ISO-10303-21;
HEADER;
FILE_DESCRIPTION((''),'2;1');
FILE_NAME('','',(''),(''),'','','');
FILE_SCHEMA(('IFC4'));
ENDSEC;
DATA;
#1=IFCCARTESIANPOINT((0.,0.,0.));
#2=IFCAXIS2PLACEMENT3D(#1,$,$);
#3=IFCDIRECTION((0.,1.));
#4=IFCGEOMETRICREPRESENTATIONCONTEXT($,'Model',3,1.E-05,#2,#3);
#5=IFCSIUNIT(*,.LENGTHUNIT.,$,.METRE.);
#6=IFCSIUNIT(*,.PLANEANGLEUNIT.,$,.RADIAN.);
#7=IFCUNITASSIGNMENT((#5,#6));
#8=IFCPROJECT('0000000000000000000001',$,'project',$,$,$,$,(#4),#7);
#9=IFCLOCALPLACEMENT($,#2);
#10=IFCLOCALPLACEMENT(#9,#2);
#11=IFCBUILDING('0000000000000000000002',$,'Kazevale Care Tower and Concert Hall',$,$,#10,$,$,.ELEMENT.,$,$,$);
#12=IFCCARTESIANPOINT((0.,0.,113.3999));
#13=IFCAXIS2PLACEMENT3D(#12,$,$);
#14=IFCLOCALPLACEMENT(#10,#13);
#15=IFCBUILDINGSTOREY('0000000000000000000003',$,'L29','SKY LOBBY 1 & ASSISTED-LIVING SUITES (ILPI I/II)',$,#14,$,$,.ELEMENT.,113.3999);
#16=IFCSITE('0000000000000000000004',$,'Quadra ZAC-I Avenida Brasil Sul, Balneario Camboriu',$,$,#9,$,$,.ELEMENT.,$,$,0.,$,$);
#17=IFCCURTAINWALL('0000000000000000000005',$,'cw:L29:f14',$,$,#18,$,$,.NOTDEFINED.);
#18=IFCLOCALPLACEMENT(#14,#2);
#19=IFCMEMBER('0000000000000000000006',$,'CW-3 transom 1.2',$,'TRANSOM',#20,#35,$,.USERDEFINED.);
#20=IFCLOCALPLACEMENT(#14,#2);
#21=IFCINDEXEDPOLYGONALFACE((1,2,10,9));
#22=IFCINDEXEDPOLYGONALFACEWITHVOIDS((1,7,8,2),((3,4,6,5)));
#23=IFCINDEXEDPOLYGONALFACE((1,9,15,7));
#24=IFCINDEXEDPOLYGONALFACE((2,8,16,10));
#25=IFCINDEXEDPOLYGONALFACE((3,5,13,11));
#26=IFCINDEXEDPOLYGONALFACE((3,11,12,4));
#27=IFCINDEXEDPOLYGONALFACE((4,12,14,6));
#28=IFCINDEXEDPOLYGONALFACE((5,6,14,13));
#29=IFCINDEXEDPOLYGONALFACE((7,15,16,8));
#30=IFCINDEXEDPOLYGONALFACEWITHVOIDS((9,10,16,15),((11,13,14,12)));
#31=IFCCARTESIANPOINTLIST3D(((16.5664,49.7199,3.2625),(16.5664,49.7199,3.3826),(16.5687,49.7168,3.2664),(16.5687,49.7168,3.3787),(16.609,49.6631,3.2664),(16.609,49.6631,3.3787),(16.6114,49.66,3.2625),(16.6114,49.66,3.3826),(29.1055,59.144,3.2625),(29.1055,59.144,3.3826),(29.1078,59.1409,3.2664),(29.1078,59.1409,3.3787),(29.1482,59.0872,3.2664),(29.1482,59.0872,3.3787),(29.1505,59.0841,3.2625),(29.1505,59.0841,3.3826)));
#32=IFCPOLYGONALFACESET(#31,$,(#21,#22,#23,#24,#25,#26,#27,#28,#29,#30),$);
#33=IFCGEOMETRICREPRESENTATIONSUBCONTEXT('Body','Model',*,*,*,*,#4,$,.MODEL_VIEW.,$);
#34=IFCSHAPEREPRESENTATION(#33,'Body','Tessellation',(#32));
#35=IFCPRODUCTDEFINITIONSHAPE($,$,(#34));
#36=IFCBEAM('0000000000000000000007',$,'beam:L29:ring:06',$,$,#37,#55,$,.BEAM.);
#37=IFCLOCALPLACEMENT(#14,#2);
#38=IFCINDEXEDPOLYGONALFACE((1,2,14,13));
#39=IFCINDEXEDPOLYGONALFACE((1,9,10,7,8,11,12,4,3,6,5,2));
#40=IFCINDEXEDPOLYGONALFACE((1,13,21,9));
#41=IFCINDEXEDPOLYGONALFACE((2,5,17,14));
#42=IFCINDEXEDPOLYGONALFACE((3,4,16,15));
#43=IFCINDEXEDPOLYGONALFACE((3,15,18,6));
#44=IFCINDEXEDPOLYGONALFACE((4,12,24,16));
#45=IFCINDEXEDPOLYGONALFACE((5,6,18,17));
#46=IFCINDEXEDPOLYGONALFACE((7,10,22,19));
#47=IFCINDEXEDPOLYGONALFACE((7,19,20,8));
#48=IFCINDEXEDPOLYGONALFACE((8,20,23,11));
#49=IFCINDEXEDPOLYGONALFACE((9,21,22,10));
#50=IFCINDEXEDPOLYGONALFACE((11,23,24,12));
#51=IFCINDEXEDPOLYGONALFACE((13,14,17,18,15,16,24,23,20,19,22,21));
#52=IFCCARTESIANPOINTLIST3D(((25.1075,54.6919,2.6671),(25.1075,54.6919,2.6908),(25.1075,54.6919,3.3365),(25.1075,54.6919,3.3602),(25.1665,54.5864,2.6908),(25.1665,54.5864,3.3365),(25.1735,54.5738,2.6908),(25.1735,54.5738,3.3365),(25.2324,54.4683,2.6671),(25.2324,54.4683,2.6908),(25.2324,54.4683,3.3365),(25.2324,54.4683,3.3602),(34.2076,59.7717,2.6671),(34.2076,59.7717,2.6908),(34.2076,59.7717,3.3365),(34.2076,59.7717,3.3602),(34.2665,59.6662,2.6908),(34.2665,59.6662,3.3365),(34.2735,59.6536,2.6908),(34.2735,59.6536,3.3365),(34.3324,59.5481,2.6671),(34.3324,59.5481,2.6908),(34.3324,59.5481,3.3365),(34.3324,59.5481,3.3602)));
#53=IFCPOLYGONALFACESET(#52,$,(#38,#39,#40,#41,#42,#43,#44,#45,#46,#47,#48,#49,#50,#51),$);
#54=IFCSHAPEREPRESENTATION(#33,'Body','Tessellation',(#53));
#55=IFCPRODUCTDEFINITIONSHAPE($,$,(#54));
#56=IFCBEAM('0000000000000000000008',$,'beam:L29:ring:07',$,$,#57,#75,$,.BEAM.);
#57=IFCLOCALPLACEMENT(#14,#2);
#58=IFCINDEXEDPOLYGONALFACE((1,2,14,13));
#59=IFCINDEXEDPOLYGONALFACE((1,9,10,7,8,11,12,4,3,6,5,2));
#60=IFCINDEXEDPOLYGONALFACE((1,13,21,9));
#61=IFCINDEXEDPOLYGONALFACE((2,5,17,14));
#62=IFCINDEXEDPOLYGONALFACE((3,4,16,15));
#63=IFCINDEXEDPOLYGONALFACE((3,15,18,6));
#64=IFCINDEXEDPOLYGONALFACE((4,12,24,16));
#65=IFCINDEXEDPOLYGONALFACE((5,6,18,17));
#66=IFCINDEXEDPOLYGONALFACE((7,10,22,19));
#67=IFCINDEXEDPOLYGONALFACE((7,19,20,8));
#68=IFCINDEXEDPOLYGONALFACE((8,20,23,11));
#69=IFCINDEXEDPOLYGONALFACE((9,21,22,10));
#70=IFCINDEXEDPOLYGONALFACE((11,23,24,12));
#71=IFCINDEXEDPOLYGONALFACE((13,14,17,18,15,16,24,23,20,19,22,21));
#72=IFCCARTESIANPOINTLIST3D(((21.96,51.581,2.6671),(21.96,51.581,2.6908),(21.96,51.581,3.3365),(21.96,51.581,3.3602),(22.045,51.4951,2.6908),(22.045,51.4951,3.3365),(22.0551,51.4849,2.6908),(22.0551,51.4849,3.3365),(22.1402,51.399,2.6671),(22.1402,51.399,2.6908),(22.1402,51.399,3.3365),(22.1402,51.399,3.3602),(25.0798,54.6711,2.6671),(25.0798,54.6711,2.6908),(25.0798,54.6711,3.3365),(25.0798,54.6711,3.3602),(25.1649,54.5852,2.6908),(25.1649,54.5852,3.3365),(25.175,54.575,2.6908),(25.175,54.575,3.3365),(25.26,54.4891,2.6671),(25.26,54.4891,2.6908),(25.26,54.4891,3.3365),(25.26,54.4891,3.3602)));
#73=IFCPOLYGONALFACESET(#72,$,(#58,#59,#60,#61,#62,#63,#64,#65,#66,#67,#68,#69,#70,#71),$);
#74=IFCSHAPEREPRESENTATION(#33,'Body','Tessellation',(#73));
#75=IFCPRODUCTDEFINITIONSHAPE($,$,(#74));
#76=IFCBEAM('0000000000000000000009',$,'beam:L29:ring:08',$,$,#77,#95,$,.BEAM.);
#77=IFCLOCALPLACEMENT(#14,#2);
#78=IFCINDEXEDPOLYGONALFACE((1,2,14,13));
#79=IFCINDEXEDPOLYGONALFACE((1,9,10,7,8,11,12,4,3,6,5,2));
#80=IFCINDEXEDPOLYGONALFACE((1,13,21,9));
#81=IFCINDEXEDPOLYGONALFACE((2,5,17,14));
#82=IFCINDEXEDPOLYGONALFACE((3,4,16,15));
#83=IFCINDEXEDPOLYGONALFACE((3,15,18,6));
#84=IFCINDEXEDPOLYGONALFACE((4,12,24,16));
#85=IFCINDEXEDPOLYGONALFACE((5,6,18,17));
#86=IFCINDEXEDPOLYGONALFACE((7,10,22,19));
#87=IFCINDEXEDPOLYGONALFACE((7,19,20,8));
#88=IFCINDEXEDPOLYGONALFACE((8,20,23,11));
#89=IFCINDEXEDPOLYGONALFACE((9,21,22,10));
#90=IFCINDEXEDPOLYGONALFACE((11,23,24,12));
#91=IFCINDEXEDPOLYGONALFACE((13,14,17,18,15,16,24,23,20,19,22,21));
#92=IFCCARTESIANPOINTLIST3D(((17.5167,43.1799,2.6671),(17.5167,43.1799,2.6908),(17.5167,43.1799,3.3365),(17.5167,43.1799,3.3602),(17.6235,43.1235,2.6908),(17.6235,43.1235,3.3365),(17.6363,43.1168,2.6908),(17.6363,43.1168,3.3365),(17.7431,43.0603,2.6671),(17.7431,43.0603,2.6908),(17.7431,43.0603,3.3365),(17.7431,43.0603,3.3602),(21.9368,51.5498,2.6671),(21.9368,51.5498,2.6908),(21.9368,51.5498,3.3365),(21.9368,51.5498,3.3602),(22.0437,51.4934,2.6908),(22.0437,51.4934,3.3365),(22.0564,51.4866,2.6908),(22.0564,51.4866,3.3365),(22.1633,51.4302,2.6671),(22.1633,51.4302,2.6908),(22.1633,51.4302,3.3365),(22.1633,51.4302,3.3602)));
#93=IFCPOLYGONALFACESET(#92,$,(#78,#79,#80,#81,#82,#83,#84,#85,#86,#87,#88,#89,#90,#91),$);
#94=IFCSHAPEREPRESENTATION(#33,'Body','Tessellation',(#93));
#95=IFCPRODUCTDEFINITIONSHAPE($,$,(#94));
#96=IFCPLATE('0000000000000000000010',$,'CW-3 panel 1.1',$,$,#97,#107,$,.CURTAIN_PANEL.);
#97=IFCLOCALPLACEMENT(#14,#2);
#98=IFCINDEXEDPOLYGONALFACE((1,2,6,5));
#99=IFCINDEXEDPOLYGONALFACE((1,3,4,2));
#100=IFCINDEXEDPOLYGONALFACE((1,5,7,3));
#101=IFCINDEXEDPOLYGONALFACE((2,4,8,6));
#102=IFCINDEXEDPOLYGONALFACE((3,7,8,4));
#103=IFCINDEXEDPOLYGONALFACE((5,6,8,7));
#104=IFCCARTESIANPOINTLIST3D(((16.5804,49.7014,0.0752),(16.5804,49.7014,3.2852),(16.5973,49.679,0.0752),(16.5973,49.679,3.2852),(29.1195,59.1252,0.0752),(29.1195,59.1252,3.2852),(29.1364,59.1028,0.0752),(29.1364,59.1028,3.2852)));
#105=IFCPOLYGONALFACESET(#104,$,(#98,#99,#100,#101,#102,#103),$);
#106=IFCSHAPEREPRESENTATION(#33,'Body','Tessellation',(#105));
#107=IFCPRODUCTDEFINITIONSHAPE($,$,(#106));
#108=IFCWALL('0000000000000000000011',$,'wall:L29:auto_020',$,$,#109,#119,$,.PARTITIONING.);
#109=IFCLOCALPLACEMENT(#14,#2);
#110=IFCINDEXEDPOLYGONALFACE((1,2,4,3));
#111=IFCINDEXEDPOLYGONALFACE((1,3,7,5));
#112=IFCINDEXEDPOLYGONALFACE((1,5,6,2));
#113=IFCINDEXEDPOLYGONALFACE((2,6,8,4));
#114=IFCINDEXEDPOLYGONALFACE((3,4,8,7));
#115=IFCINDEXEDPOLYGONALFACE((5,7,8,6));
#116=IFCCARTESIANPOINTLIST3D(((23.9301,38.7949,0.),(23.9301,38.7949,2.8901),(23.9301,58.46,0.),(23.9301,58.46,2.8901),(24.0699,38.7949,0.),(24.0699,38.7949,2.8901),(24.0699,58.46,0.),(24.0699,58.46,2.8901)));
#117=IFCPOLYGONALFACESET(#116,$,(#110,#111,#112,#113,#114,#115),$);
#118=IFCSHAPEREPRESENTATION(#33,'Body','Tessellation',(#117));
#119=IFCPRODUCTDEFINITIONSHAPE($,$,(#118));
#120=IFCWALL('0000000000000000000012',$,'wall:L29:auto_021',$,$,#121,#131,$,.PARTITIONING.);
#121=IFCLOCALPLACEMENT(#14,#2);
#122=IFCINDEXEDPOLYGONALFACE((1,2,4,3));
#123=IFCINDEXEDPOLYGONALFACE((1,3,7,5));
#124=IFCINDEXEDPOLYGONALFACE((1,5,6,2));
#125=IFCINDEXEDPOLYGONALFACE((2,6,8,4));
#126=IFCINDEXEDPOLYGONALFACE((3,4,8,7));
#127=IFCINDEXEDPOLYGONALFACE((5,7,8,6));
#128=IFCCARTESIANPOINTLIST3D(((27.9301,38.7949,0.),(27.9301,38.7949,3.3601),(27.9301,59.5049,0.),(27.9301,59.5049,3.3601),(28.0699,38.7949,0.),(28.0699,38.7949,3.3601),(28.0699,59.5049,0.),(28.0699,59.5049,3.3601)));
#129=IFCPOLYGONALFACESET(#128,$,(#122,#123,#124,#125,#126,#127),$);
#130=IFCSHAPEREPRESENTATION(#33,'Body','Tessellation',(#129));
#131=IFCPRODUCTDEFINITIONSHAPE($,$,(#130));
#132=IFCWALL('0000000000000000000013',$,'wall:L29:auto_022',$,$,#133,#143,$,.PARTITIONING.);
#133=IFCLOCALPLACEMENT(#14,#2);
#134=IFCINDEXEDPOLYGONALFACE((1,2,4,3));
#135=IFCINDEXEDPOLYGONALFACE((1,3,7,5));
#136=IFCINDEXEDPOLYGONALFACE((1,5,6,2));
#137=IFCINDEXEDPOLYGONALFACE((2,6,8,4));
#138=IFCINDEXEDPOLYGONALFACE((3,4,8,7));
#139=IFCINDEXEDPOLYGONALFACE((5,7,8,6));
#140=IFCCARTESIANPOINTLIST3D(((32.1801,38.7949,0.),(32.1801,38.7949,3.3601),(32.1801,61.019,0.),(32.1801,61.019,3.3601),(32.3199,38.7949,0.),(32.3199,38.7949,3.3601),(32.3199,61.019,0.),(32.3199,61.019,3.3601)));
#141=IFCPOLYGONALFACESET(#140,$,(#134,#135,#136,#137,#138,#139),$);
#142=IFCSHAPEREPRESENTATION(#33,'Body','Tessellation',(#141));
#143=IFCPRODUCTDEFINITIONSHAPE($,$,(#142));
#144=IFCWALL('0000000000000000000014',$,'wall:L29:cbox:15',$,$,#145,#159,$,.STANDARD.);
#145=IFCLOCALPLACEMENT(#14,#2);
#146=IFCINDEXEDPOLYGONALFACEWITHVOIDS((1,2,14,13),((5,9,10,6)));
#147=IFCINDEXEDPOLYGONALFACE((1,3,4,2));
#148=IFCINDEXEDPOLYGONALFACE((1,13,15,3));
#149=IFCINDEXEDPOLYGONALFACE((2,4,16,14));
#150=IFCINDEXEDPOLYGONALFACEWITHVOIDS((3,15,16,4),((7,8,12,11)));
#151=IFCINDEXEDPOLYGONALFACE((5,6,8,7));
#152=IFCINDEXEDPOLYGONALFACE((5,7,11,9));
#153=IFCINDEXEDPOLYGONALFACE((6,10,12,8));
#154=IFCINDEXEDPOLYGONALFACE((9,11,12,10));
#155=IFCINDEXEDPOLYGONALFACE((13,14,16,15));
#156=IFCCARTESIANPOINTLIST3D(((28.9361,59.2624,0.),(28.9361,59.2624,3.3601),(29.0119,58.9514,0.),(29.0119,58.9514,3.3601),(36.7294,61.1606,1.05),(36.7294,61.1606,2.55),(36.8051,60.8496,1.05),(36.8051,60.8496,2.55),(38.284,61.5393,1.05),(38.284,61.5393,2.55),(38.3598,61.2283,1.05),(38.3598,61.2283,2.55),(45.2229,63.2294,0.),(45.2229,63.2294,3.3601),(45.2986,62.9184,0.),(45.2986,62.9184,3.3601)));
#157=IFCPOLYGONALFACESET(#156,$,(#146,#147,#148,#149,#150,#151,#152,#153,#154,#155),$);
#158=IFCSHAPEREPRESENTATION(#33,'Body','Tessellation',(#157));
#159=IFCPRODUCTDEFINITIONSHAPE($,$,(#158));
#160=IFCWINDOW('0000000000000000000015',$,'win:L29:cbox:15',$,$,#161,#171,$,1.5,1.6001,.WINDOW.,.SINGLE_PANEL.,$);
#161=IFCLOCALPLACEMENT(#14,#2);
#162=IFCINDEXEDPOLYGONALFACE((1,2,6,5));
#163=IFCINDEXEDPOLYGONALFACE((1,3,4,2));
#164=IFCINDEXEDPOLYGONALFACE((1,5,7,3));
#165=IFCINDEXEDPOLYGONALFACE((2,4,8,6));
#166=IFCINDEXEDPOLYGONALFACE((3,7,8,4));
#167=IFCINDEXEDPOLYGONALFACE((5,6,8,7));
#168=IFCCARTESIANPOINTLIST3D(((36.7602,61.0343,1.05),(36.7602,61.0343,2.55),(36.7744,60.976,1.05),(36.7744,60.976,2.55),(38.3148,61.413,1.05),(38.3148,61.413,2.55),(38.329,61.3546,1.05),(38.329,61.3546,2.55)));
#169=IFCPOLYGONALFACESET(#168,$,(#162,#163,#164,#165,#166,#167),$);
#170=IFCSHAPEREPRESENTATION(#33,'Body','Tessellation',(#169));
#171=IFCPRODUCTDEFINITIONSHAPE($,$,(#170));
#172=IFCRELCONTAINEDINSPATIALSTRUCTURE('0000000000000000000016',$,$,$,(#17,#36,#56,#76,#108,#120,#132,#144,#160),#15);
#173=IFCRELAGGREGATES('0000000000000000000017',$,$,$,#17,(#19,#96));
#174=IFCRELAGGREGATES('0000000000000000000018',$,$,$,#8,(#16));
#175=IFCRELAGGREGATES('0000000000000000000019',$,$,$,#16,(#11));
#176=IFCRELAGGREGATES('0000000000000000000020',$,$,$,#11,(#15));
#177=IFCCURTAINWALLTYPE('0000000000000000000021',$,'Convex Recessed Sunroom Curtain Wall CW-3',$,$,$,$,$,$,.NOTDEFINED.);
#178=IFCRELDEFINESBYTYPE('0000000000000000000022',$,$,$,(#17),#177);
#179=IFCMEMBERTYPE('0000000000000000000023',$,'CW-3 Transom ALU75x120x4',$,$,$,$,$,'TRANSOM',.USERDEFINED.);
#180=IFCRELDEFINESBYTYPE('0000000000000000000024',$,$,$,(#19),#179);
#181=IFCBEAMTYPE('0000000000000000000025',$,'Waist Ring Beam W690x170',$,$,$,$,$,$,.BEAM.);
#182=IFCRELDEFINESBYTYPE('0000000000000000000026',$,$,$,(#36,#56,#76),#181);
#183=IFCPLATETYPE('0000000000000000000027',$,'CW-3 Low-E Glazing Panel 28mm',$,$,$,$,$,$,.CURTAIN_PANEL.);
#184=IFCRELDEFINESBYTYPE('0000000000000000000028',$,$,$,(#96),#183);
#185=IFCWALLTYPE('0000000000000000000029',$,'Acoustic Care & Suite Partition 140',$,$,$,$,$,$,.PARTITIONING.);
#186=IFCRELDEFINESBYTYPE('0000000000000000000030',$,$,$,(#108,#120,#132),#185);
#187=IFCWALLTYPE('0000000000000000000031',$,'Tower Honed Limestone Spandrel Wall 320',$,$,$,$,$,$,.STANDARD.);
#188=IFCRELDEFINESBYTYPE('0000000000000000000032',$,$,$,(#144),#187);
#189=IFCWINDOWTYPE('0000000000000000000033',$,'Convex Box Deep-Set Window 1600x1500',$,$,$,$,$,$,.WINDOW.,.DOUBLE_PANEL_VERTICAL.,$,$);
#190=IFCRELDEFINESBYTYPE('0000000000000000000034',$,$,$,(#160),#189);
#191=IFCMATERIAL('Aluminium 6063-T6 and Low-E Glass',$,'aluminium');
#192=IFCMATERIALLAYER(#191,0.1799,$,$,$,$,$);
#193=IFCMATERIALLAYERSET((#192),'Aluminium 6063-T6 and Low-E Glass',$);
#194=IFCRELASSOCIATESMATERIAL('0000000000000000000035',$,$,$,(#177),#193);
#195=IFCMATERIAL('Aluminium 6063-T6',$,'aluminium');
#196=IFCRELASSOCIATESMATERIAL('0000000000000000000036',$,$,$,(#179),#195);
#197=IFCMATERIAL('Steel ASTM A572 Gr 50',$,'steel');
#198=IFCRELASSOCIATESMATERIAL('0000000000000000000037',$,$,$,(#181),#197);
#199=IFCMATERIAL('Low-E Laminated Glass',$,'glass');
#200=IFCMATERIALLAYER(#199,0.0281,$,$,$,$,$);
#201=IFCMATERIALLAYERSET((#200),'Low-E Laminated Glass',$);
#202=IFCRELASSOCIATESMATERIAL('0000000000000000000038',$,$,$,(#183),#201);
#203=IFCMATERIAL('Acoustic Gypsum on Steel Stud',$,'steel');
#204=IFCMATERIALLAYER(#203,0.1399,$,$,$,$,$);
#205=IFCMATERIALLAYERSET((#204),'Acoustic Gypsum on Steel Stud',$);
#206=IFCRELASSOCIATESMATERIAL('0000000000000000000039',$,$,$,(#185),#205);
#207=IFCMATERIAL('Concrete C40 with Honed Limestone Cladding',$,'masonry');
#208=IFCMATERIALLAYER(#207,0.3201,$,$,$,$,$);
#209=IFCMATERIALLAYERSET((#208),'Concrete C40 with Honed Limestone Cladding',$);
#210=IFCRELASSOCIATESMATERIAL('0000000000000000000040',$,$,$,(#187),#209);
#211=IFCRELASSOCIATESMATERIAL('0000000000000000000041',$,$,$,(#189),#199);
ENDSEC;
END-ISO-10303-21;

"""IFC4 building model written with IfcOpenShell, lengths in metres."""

from ifc_helpers import new_model, si_unit, direction, frame, frame_2d, origin, origin_2d, place, context, subcontext, project, spatial, rectangle, hollow_rectangle, i_section, extrude, material, layer, layer_set, material_profile, profile_set, type_object, element, fill, aggregate, save


model = new_model("IFC4")

# Units and contexts
model_context = context("Model", 3, precision=1e-05, world=origin(), true_north=direction((0.0, 1.0)))
body_context = subcontext(model_context, "Body", "Model", "MODEL_VIEW")
ifc_project = project(units=[si_unit("LENGTHUNIT", "METRE"), si_unit("PLANEANGLEUNIT", "RADIAN")], contexts=[model_context])

# Site, building, storey
site_placement = place(None, origin())
site = spatial("IfcSite", under=ifc_project, at=site_placement, Name="Quadra ZAC-I Avenida Brasil Sul, Balneario Camboriu", CompositionType="ELEMENT", RefElevation=0.0)
building_placement = place(site_placement, origin())
building = spatial("IfcBuilding", under=site, at=building_placement, Name="Kazevale Care Tower and Concert Hall", CompositionType="ELEMENT")
storey_placement = place(building_placement, frame((0.0, 0.0, 113.3999)))
storey = spatial("IfcBuildingStorey", under=building, at=storey_placement, Name="L29", Description="SKY LOBBY 1 & ASSISTED-LIVING SUITES (ILPI I/II)", CompositionType="ELEMENT", Elevation=113.3999)

# Curtain wall, member
ifc_material_1 = material(Name="Aluminium 6063-T6 and Low-E Glass", Category="aluminium")
ifc_layer_1 = layer(ifc_material_1, 0.1799)
ifc_layer_set_1 = layer_set([ifc_layer_1], Name="Aluminium 6063-T6 and Low-E Glass")
curtain_wall_type = type_object("IfcCurtainWallType", Name="Convex Recessed Sunroom Curtain Wall CW-3", PredefinedType="NOTDEFINED", material=ifc_layer_set_1)
curtain_wall_placement = place(storey_placement, origin())
curtain_wall = element("IfcCurtainWall", 1, at=curtain_wall_placement, inside=storey, type_object=curtain_wall_type, Name="cw:L29:f14", PredefinedType="NOTDEFINED")
ifc_material_2 = material(Name="Aluminium 6063-T6", Category="aluminium")
ifc_material_profile_1 = material_profile(ifc_material_2, hollow_rectangle(XDim=0.075, YDim=0.1201, WallThickness=0.0039, at=origin_2d()), Name="ALU75x120x4")
ifc_profile_set_1 = profile_set([ifc_material_profile_1], Name="Aluminium 6063-T6")
member_type_1 = type_object("IfcMemberType", Name="CW-3 Transom ALU75x120x4", ElementType="TRANSOM", PredefinedType="USERDEFINED", material=ifc_profile_set_1)
member_1_placement = place(storey_placement, frame((16.5889, 49.6899, 3.3225), z_axis=(0.799394, 0.600807, 0.0), x_axis=(-0.600807, 0.799394, 0.0)))
member_1 = element("IfcMember", 2, at=member_1_placement, type_object=member_type_1, Name="CW-3 transom 1.2", ObjectType="TRANSOM", PredefinedType="USERDEFINED", context=body_context, shape_type="SweptSolid", body=[
    extrude(hollow_rectangle(XDim=0.075, YDim=0.1201, WallThickness=0.0039, at=origin_2d()), origin(), (0.0, 0.0, 1.0), 15.6858),
])

# Beams
ifc_material_3 = material(Name="Steel ASTM A572 Gr 50", Category="steel")
ifc_material_profile_2 = material_profile(ifc_material_3, i_section(OverallWidth=0.2561, OverallDepth=0.6931, WebThickness=0.0144, FlangeThickness=0.0237, at=origin_2d()), Name="W690x170")
ifc_profile_set_2 = profile_set([ifc_material_profile_2], Name="Steel ASTM A572 Gr 50")
beam_type = type_object("IfcBeamType", Name="Waist Ring Beam W690x170", PredefinedType="BEAM", material=ifc_profile_set_2)
beam_1_placement = place(storey_placement, frame((34.27, 59.6599, 3.0137), z_axis=(-0.873169, -0.487418, 0.0), x_axis=(0.487418, -0.873169, 0.0)))
element("IfcBeam", 3, at=beam_1_placement, inside=storey, type_object=beam_type, Name="beam:L29:ring:06", PredefinedType="BEAM", context=body_context, shape_type="SweptSolid", body=[
    extrude(i_section(OverallWidth=0.2561, OverallDepth=0.6931, WebThickness=0.0144, FlangeThickness=0.0237, at=origin_2d()), origin(), (0.0, 0.0, 1.0), 10.4219),
])
beam_2_placement = place(storey_placement, frame((25.1699, 54.5801, 3.0137), z_axis=(-0.71049, -0.703707, 0.0), x_axis=(0.703707, -0.71049, 0.0)))
element("IfcBeam", 4, at=beam_2_placement, inside=storey, type_object=beam_type, Name="beam:L29:ring:07", PredefinedType="BEAM", context=body_context, shape_type="SweptSolid", body=[
    extrude(i_section(OverallWidth=0.2561, OverallDepth=0.6931, WebThickness=0.0144, FlangeThickness=0.0237, at=origin_2d()), origin(), (0.0, 0.0, 1.0), 4.3911),
])
beam_3_placement = place(storey_placement, frame((22.05, 51.49, 3.0137), z_axis=(-0.466984, -0.884266, 0.0), x_axis=(0.884266, -0.466984, 0.0)))
element("IfcBeam", 5, at=beam_3_placement, inside=storey, type_object=beam_type, Name="beam:L29:ring:08", PredefinedType="BEAM", context=body_context, shape_type="SweptSolid", body=[
    extrude(i_section(OverallWidth=0.2561, OverallDepth=0.6931, WebThickness=0.0144, FlangeThickness=0.0237, at=origin_2d()), origin(), (0.0, 0.0, 1.0), 9.4653),
])

# Plate
ifc_material_4 = material(Name="Low-E Laminated Glass", Category="glass")
ifc_layer_2 = layer(ifc_material_4, 0.0281)
ifc_layer_set_2 = layer_set([ifc_layer_2], Name="Low-E Laminated Glass")
plate_type = type_object("IfcPlateType", Name="CW-3 Low-E Glazing Panel 28mm", PredefinedType="CURTAIN_PANEL", material=ifc_layer_set_2)
plate_placement = place(storey_placement, frame((22.8584, 54.4021, 0.0752), z_axis=(0.0, 0.0, 1.0), x_axis=(0.799401, 0.600798, 0.0)))
plate = element("IfcPlate", 6, at=plate_placement, type_object=plate_type, Name="CW-3 panel 1.1", PredefinedType="CURTAIN_PANEL", context=body_context, shape_type="SweptSolid", body=[
    extrude(rectangle(XDim=15.6855, YDim=0.0281, at=origin_2d()), origin(), (0.0, 0.0, 1.0), 3.21),
])
aggregate(curtain_wall, [member_1, plate])

# Walls
ifc_material_5 = material(Name="Acoustic Gypsum on Steel Stud", Category="steel")
ifc_layer_3 = layer(ifc_material_5, 0.1399)
ifc_layer_set_3 = layer_set([ifc_layer_3], Name="Acoustic Gypsum on Steel Stud")
wall_type_1 = type_object("IfcWallType", Name="Acoustic Care & Suite Partition 140", PredefinedType="PARTITIONING", material=ifc_layer_set_3)
wall_1_placement = place(storey_placement, frame((24.0, 58.46, 0.0), z_axis=(0.0, 0.0, 1.0), x_axis=(0.0, -1.0, 0.0)))
element("IfcWall", 7, at=wall_1_placement, inside=storey, type_object=wall_type_1, Name="wall:L29:auto_020", PredefinedType="PARTITIONING", context=body_context, shape_type="SweptSolid", body=[
    extrude(rectangle(XDim=19.665, YDim=0.1399, at=frame_2d((9.8325, 0.0))), origin(), (0.0, 0.0, 1.0), 2.8901),
])
wall_2_placement = place(storey_placement, frame((28.0, 59.5049, 0.0), z_axis=(0.0, 0.0, 1.0), x_axis=(0.0, -1.0, 0.0)))
element("IfcWall", 8, at=wall_2_placement, inside=storey, type_object=wall_type_1, Name="wall:L29:auto_021", PredefinedType="PARTITIONING", context=body_context, shape_type="SweptSolid", body=[
    extrude(rectangle(XDim=20.71, YDim=0.1399, at=frame_2d((10.355, 0.0))), origin(), (0.0, 0.0, 1.0), 3.3601),
])
wall_3_placement = place(storey_placement, frame((32.25, 61.019, 0.0), z_axis=(0.0, 0.0, 1.0), x_axis=(0.0, -1.0, 0.0)))
element("IfcWall", 9, at=wall_3_placement, inside=storey, type_object=wall_type_1, Name="wall:L29:auto_022", PredefinedType="PARTITIONING", context=body_context, shape_type="SweptSolid", body=[
    extrude(rectangle(XDim=22.2241, YDim=0.1399, at=frame_2d((11.1121, 0.0))), origin(), (0.0, 0.0, 1.0), 3.3601),
])

# Wall, opening, window
ifc_material_6 = material(Name="Concrete C40 with Honed Limestone Cladding", Category="masonry")
ifc_layer_4 = layer(ifc_material_6, 0.3201)
ifc_layer_set_4 = layer_set([ifc_layer_4], Name="Concrete C40 with Honed Limestone Cladding")
wall_type_2 = type_object("IfcWallType", Name="Tower Honed Limestone Spandrel Wall 320", PredefinedType="STANDARD", material=ifc_layer_set_4)
wall_4_placement = place(storey_placement, frame((28.9741, 59.1069, 0.0), z_axis=(0.0, 0.0, 1.0), x_axis=(0.971594, 0.236654, 0.0)))
wall_4 = element("IfcWall", 10, at=wall_4_placement, inside=storey, type_object=wall_type_2, Name="wall:L29:cbox:15", PredefinedType="STANDARD", context=body_context, shape_type="SweptSolid", body=[
    extrude(rectangle(XDim=16.7629, YDim=0.3201, at=frame_2d((8.3813, 0.0))), origin(), (0.0, 0.0, 1.0), 3.3601),
])
opening_placement = place(wall_4_placement, frame((8.021, 0.0, 1.05)))
opening = element("IfcOpeningElement", 11, at=opening_placement, cuts=wall_4, PredefinedType="OPENING", context=body_context, shape_type="SweptSolid", body=[
    extrude(rectangle(XDim=1.6001, YDim=1.5, at=frame_2d((0.8, 0.75))), frame((0.0, 0.1699, 0.0), z_axis=(0.0, -1.0, 0.0), x_axis=(1.0, 0.0, 0.0)), (0.0, 0.0, 1.0), 0.3401),
])
window_type = type_object("IfcWindowType", Name="Convex Box Deep-Set Window 1600x1500", PartitioningType="DOUBLE_PANEL_VERTICAL", PredefinedType="WINDOW", material=ifc_material_4)
window_placement = place(opening_placement, origin())
window = element("IfcWindow", 12, at=window_placement, inside=storey, type_object=window_type, Name="win:L29:cbox:15", OverallHeight=1.5, OverallWidth=1.6001, PartitioningType="SINGLE_PANEL", PredefinedType="WINDOW", context=body_context, shape_type="SweptSolid", body=[
    extrude(rectangle(XDim=1.6001, YDim=1.5, at=frame_2d((0.8, 0.75))), frame((0.0, 0.03, 0.0), z_axis=(0.0, -1.0, 0.0), x_axis=(1.0, 0.0, 0.0)), (0.0, 0.0, 1.0), 0.0601),
])
fill(opening, window)

save(model, "model.ifc")
